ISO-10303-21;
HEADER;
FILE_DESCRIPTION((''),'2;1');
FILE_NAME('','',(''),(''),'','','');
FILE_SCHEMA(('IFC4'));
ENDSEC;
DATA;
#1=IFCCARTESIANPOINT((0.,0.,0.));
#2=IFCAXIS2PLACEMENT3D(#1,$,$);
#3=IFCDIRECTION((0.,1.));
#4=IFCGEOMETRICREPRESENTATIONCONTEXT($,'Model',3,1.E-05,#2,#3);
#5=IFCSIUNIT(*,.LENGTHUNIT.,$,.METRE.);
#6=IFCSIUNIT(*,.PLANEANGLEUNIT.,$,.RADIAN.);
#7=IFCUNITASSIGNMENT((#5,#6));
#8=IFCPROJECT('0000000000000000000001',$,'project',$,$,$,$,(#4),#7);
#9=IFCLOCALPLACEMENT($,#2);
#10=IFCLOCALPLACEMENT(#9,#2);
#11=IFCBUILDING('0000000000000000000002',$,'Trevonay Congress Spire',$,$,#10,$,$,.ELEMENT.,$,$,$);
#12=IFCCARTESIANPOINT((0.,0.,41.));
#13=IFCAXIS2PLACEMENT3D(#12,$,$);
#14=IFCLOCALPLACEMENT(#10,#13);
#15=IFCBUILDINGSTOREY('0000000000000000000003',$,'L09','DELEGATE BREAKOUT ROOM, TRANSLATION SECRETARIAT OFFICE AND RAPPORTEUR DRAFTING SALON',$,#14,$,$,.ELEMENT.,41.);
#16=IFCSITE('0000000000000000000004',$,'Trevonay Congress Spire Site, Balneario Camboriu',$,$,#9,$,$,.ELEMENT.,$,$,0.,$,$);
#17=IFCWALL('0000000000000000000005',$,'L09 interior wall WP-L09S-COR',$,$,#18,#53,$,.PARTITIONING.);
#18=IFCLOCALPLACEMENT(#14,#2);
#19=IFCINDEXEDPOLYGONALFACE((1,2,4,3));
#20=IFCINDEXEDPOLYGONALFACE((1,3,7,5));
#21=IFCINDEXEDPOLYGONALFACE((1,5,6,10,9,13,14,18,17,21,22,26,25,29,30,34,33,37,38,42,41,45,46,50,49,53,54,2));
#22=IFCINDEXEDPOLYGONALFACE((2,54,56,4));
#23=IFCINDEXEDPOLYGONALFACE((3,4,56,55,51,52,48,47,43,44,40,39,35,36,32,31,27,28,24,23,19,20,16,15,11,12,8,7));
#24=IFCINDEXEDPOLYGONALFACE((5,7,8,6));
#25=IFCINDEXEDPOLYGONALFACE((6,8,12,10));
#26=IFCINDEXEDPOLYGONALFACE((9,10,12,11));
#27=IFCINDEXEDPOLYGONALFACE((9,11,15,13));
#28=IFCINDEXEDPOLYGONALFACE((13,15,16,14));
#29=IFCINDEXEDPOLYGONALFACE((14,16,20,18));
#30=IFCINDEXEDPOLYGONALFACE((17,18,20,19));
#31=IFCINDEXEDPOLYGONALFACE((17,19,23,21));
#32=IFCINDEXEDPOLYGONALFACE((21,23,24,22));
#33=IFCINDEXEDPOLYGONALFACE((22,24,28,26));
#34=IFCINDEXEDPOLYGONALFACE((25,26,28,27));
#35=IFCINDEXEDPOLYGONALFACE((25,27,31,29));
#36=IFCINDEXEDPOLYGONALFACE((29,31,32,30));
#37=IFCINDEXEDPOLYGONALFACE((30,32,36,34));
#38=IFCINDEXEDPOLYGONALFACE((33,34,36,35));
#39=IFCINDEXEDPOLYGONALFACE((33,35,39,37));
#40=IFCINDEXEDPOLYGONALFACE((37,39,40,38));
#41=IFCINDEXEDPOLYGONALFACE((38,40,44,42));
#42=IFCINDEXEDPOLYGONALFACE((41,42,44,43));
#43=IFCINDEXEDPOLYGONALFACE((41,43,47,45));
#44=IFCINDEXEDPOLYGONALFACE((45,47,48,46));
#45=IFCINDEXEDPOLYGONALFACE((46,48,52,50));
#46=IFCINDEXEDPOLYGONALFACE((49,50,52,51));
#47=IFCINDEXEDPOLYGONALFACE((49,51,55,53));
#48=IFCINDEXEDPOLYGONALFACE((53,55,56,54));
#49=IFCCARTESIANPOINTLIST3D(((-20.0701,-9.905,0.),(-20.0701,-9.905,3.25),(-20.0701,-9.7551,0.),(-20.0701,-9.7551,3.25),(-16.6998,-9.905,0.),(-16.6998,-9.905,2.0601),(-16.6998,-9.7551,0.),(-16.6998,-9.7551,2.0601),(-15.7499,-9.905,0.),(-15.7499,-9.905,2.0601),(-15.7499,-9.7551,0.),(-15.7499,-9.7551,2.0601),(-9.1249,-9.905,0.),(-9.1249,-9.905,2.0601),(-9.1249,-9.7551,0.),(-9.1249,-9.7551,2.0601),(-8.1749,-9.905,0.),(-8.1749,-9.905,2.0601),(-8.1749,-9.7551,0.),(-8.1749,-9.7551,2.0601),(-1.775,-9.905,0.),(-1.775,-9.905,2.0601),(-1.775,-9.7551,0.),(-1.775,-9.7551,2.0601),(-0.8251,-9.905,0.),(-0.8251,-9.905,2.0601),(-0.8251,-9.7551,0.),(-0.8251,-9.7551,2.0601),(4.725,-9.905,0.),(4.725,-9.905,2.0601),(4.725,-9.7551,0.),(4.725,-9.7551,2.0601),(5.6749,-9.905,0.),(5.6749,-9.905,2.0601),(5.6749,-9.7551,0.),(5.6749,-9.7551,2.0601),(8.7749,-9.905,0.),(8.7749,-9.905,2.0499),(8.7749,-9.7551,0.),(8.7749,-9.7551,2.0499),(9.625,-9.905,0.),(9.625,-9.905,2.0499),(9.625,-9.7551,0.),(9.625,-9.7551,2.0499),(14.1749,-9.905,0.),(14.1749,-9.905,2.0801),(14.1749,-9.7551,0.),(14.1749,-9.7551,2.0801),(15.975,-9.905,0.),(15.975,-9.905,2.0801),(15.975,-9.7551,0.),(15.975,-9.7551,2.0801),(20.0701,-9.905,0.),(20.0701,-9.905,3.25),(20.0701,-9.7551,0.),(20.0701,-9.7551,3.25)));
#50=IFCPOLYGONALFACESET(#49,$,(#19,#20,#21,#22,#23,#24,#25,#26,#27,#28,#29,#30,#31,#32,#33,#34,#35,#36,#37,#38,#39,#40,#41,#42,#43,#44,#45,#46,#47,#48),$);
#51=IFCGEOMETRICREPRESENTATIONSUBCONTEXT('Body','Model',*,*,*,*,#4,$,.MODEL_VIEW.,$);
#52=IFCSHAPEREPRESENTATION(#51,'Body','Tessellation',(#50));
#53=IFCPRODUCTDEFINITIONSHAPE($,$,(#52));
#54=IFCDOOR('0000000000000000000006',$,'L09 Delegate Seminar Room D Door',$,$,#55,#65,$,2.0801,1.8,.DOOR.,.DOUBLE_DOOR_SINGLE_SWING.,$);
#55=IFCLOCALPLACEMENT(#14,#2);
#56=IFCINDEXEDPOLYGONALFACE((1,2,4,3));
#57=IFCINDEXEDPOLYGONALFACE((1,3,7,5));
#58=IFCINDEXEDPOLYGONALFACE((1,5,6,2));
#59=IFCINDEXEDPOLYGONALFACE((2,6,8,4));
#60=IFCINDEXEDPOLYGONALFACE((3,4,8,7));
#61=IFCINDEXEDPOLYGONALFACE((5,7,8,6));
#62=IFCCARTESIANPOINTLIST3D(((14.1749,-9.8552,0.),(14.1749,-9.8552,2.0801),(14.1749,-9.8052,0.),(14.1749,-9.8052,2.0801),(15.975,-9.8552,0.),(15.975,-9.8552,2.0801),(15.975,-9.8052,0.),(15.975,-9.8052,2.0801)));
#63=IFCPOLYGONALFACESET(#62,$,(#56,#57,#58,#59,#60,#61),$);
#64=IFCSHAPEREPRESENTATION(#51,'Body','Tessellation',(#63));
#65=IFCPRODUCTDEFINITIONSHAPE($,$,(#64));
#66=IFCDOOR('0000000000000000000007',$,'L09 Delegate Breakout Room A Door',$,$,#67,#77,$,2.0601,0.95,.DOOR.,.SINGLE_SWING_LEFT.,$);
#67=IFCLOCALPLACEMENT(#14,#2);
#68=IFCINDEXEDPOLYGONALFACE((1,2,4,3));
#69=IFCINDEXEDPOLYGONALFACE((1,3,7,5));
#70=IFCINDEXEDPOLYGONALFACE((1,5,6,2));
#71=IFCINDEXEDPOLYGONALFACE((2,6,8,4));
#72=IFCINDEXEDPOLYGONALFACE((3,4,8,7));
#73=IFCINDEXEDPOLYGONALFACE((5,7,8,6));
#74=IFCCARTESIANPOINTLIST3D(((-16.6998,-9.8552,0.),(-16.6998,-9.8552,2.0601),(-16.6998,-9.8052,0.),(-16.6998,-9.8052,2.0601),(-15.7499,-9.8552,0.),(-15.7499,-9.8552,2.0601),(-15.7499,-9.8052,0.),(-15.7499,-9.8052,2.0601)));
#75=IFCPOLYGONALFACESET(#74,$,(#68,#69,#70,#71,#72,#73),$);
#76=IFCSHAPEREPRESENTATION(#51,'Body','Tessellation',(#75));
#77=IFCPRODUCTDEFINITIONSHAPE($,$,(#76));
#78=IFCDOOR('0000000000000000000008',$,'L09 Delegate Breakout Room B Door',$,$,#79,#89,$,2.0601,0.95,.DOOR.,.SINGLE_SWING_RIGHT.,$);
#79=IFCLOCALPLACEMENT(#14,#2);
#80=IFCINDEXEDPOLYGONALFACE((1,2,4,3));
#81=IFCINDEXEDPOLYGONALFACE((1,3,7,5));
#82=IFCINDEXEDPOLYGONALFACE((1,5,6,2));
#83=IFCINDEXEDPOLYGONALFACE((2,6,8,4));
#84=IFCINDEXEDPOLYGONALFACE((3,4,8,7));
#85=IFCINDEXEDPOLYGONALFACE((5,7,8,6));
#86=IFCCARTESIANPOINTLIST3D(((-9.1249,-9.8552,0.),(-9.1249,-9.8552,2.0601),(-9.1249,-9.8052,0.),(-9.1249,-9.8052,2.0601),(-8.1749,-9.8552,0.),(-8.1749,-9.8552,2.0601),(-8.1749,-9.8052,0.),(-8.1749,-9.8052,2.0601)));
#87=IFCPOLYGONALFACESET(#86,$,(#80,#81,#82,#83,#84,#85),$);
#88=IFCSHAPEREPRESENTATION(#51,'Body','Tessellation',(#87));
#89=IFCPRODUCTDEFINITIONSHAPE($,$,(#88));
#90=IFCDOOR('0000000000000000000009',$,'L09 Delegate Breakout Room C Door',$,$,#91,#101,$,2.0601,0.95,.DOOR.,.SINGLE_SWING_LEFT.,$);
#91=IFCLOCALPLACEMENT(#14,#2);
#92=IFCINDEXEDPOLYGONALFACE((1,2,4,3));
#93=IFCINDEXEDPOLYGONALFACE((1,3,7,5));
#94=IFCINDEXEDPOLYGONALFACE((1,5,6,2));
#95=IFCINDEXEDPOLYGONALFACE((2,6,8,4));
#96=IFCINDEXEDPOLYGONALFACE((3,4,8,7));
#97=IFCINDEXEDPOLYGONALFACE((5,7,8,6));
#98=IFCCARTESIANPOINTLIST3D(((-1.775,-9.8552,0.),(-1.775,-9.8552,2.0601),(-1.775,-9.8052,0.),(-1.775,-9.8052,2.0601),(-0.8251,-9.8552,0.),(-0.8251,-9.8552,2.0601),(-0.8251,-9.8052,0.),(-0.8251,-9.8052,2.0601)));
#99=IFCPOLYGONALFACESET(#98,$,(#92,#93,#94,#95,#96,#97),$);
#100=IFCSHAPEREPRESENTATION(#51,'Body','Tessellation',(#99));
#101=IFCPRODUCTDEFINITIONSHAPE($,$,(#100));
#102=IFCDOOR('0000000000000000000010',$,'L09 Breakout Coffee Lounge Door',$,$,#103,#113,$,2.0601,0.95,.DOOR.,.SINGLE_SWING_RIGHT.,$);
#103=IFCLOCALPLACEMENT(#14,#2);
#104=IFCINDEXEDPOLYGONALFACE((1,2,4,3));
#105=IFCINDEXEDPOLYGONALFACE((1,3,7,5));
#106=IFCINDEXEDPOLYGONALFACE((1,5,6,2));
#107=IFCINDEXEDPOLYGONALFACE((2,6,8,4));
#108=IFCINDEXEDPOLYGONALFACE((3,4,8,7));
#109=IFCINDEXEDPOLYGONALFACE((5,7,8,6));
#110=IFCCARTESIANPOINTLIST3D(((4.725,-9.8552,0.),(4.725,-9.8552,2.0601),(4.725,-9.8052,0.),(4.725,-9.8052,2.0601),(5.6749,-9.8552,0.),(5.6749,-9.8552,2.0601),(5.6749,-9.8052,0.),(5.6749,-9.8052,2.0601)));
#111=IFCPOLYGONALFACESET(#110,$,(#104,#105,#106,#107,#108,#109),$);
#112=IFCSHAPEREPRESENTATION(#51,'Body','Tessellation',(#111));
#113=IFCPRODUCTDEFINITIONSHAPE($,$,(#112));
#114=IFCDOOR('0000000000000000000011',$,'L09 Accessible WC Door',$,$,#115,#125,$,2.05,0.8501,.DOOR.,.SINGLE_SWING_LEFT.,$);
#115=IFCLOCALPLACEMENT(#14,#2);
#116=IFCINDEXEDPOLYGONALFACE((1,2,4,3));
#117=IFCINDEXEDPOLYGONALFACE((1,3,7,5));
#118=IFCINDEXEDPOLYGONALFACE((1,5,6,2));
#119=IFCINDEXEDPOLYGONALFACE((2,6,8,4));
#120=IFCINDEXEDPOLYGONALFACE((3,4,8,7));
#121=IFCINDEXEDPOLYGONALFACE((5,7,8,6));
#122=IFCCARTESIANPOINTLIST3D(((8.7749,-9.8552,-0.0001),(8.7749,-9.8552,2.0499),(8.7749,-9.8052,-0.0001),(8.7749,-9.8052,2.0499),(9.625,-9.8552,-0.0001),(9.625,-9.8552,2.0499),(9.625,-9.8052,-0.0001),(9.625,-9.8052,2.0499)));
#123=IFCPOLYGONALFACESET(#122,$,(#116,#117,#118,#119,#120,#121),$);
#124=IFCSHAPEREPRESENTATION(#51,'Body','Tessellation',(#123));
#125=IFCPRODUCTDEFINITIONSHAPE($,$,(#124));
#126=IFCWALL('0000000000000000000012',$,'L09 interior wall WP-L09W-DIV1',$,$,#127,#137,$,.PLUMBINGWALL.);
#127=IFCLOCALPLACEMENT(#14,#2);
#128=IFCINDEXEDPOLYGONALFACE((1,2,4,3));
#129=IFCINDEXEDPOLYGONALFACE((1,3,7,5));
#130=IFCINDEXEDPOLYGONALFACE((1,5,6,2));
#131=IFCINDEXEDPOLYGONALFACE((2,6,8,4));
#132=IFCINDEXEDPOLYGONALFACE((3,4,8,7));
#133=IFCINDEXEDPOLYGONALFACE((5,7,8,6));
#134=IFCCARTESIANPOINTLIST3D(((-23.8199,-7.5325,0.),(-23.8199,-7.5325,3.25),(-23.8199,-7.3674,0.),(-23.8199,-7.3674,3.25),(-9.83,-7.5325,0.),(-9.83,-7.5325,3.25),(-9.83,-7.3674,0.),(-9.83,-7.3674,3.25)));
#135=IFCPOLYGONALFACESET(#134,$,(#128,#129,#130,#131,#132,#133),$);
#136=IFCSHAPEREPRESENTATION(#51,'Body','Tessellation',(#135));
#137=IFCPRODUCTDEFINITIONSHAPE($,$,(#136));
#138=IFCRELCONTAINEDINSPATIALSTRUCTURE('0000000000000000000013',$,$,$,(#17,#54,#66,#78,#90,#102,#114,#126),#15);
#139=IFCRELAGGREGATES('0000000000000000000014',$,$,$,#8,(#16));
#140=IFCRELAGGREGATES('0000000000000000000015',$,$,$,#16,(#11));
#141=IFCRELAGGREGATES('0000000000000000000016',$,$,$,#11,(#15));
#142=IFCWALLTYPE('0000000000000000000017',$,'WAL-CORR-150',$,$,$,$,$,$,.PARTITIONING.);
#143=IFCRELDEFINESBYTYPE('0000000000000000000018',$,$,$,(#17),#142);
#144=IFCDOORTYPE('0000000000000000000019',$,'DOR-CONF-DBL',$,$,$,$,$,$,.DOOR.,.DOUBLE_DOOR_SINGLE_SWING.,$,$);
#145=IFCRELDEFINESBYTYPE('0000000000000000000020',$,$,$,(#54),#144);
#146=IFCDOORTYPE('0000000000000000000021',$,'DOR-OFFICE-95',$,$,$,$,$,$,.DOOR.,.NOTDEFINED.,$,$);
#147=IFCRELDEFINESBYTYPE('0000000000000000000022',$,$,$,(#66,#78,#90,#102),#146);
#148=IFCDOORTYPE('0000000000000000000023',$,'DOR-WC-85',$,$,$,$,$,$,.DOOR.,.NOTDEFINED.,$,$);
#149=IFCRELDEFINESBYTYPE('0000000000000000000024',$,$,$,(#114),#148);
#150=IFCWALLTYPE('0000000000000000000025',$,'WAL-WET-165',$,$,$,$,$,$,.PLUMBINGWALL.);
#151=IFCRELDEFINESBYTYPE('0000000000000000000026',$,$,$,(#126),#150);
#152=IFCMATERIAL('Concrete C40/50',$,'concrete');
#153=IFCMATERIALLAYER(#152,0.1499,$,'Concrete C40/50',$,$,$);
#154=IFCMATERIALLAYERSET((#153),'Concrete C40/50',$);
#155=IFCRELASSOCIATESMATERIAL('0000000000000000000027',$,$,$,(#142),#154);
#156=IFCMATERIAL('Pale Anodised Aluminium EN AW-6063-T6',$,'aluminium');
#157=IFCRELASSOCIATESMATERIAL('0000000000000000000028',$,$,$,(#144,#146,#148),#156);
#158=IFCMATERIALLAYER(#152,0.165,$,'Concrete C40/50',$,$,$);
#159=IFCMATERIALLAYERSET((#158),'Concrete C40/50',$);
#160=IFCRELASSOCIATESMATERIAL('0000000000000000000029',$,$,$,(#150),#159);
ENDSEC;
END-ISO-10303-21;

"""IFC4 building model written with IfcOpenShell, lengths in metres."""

from ifc_helpers import new_model, si_unit, direction, frame, frame_2d, origin, place, context, subcontext, project, spatial, rectangle, extrude, material, layer, layer_set, type_object, element, fill, save


model = new_model("IFC4")

# Units and contexts
model_context = context("Model", 3, precision=1e-05, world=origin(), true_north=direction((0.0, 1.0)))
body_context = subcontext(model_context, "Body", "Model", "MODEL_VIEW")
ifc_project = project(units=[si_unit("LENGTHUNIT", "METRE"), si_unit("PLANEANGLEUNIT", "RADIAN")], contexts=[model_context])

# Site, building, storey
site_placement = place(None, origin())
site = spatial("IfcSite", under=ifc_project, at=site_placement, Name="Trevonay Congress Spire Site, Balneario Camboriu", CompositionType="ELEMENT", RefElevation=0.0)
building_placement = place(site_placement, origin())
building = spatial("IfcBuilding", under=site, at=building_placement, Name="Trevonay Congress Spire", CompositionType="ELEMENT")
storey_placement = place(building_placement, frame((0.0, 0.0, 41.0)))
storey = spatial("IfcBuildingStorey", under=building, at=storey_placement, Name="L09", Description="DELEGATE BREAKOUT ROOM, TRANSLATION SECRETARIAT OFFICE AND RAPPORTEUR DRAFTING SALON", CompositionType="ELEMENT", Elevation=41.0)

# Shared definitions
ifc_material_1 = material(Name="Pale Anodised Aluminium EN AW-6063-T6", Category="aluminium")

# Wall, openings, doors
ifc_material_2 = material(Name="Concrete C40/50", Category="concrete")
ifc_layer_1 = layer(ifc_material_2, 0.1499, Name="Concrete C40/50")
ifc_layer_set_1 = layer_set([ifc_layer_1], Name="Concrete C40/50")
wall_type_1 = type_object("IfcWallType", Name="WAL-CORR-150", PredefinedType="PARTITIONING", material=ifc_layer_set_1)
wall_1_placement = place(storey_placement, frame((-20.0701, -9.8301, 0.0), z_axis=(0.0, 0.0, 1.0), x_axis=(1.0, 0.0, 0.0)))
wall_1 = element("IfcWall", 1, at=wall_1_placement, inside=storey, type_object=wall_type_1, Name="L09 interior wall WP-L09S-COR", PredefinedType="PARTITIONING", context=body_context, shape_type="SweptSolid", body=[
    extrude(rectangle(XDim=40.1401, YDim=0.1499, at=frame_2d((20.0701, 0.0))), origin(), (0.0, 0.0, 1.0), 3.25),
])
opening_1_placement = place(wall_1_placement, frame((3.3701, 0.0, 0.0)))
opening_1 = element("IfcOpeningElement", 2, at=opening_1_placement, cuts=wall_1, PredefinedType="OPENING", context=body_context, shape_type="SweptSolid", body=[
    extrude(rectangle(XDim=0.95, YDim=2.0601, at=frame_2d((0.4751, 1.03))), frame((0.0, 0.085, 0.0), z_axis=(0.0, -1.0, 0.0), x_axis=(1.0, 0.0, 0.0)), (0.0, 0.0, 1.0), 0.1699),
])
opening_2_placement = place(wall_1_placement, frame((10.9451, 0.0, 0.0)))
opening_2 = element("IfcOpeningElement", 3, at=opening_2_placement, cuts=wall_1, PredefinedType="OPENING", context=body_context, shape_type="SweptSolid", body=[
    extrude(rectangle(XDim=0.95, YDim=2.0601, at=frame_2d((0.4751, 1.03))), frame((0.0, 0.085, 0.0), z_axis=(0.0, -1.0, 0.0), x_axis=(1.0, 0.0, 0.0)), (0.0, 0.0, 1.0), 0.1699),
])
opening_3_placement = place(wall_1_placement, frame((18.2949, 0.0, 0.0)))
opening_3 = element("IfcOpeningElement", 4, at=opening_3_placement, cuts=wall_1, PredefinedType="OPENING", context=body_context, shape_type="SweptSolid", body=[
    extrude(rectangle(XDim=0.95, YDim=2.0601, at=frame_2d((0.4751, 1.03))), frame((0.0, 0.085, 0.0), z_axis=(0.0, -1.0, 0.0), x_axis=(1.0, 0.0, 0.0)), (0.0, 0.0, 1.0), 0.1699),
])
opening_4_placement = place(wall_1_placement, frame((24.7949, 0.0, 0.0)))
opening_4 = element("IfcOpeningElement", 5, at=opening_4_placement, cuts=wall_1, PredefinedType="OPENING", context=body_context, shape_type="SweptSolid", body=[
    extrude(rectangle(XDim=0.95, YDim=2.0601, at=frame_2d((0.4751, 1.03))), frame((0.0, 0.085, 0.0), z_axis=(0.0, -1.0, 0.0), x_axis=(1.0, 0.0, 0.0)), (0.0, 0.0, 1.0), 0.1699),
])
opening_5_placement = place(wall_1_placement, frame((28.845, 0.0, 0.0)))
opening_5 = element("IfcOpeningElement", 6, at=opening_5_placement, cuts=wall_1, PredefinedType="OPENING", context=body_context, shape_type="SweptSolid", body=[
    extrude(rectangle(XDim=0.8501, YDim=2.05, at=frame_2d((0.425, 1.0249))), frame((0.0, 0.085, 0.0), z_axis=(0.0, -1.0, 0.0), x_axis=(1.0, 0.0, 0.0)), (0.0, 0.0, 1.0), 0.1699),
])
opening_6_placement = place(wall_1_placement, frame((34.2451, 0.0, 0.0)))
opening_6 = element("IfcOpeningElement", 7, at=opening_6_placement, cuts=wall_1, PredefinedType="OPENING", context=body_context, shape_type="SweptSolid", body=[
    extrude(rectangle(XDim=1.8, YDim=2.0801, at=frame_2d((0.8999, 1.04))), frame((0.0, 0.085, 0.0), z_axis=(0.0, -1.0, 0.0), x_axis=(1.0, 0.0, 0.0)), (0.0, 0.0, 1.0), 0.1699),
])
door_type_1 = type_object("IfcDoorType", Name="DOR-CONF-DBL", OperationType="DOUBLE_DOOR_SINGLE_SWING", PredefinedType="DOOR", material=ifc_material_1)
door_1_placement = place(opening_6_placement, origin())
door_1 = element("IfcDoor", 8, at=door_1_placement, inside=storey, type_object=door_type_1, Name="L09 Delegate Seminar Room D Door", OperationType="DOUBLE_DOOR_SINGLE_SWING", OverallHeight=2.0801, OverallWidth=1.8, PredefinedType="DOOR", context=body_context, shape_type="SweptSolid", body=[
    extrude(rectangle(XDim=1.8, YDim=2.0801, at=frame_2d((0.8999, 1.04))), frame((0.0, 0.0249, 0.0), z_axis=(0.0, -1.0, 0.0), x_axis=(1.0, 0.0, 0.0)), (0.0, 0.0, 1.0), 0.05),
])
fill(opening_6, door_1)
door_type_2 = type_object("IfcDoorType", Name="DOR-OFFICE-95", OperationType="NOTDEFINED", PredefinedType="DOOR", material=ifc_material_1)
door_2_placement = place(opening_1_placement, origin())
door_2 = element("IfcDoor", 9, at=door_2_placement, inside=storey, type_object=door_type_2, Name="L09 Delegate Breakout Room A Door", OperationType="SINGLE_SWING_LEFT", OverallHeight=2.0601, OverallWidth=0.95, PredefinedType="DOOR", context=body_context, shape_type="SweptSolid", body=[
    extrude(rectangle(XDim=0.95, YDim=2.0601, at=frame_2d((0.4751, 1.03))), frame((0.0, 0.0249, 0.0), z_axis=(0.0, -1.0, 0.0), x_axis=(1.0, 0.0, 0.0)), (0.0, 0.0, 1.0), 0.05),
])
fill(opening_1, door_2)
door_3_placement = place(opening_2_placement, origin())
door_3 = element("IfcDoor", 10, at=door_3_placement, inside=storey, type_object=door_type_2, Name="L09 Delegate Breakout Room B Door", OperationType="SINGLE_SWING_RIGHT", OverallHeight=2.0601, OverallWidth=0.95, PredefinedType="DOOR", context=body_context, shape_type="SweptSolid", body=[
    extrude(rectangle(XDim=0.95, YDim=2.0601, at=frame_2d((0.4751, 1.03))), frame((0.0, 0.0249, 0.0), z_axis=(0.0, -1.0, 0.0), x_axis=(1.0, 0.0, 0.0)), (0.0, 0.0, 1.0), 0.05),
])
fill(opening_2, door_3)
door_4_placement = place(opening_3_placement, origin())
door_4 = element("IfcDoor", 11, at=door_4_placement, inside=storey, type_object=door_type_2, Name="L09 Delegate Breakout Room C Door", OperationType="SINGLE_SWING_LEFT", OverallHeight=2.0601, OverallWidth=0.95, PredefinedType="DOOR", context=body_context, shape_type="SweptSolid", body=[
    extrude(rectangle(XDim=0.95, YDim=2.0601, at=frame_2d((0.4751, 1.03))), frame((0.0, 0.0249, 0.0), z_axis=(0.0, -1.0, 0.0), x_axis=(1.0, 0.0, 0.0)), (0.0, 0.0, 1.0), 0.05),
])
fill(opening_3, door_4)
door_5_placement = place(opening_4_placement, origin())
door_5 = element("IfcDoor", 12, at=door_5_placement, inside=storey, type_object=door_type_2, Name="L09 Breakout Coffee Lounge Door", OperationType="SINGLE_SWING_RIGHT", OverallHeight=2.0601, OverallWidth=0.95, PredefinedType="DOOR", context=body_context, shape_type="SweptSolid", body=[
    extrude(rectangle(XDim=0.95, YDim=2.0601, at=frame_2d((0.4751, 1.03))), frame((0.0, 0.0249, 0.0), z_axis=(0.0, -1.0, 0.0), x_axis=(1.0, 0.0, 0.0)), (0.0, 0.0, 1.0), 0.05),
])
fill(opening_4, door_5)
door_type_3 = type_object("IfcDoorType", Name="DOR-WC-85", OperationType="NOTDEFINED", PredefinedType="DOOR", material=ifc_material_1)
door_6_placement = place(opening_5_placement, origin())
door_6 = element("IfcDoor", 13, at=door_6_placement, inside=storey, type_object=door_type_3, Name="L09 Accessible WC Door", OperationType="SINGLE_SWING_LEFT", OverallHeight=2.05, OverallWidth=0.8501, PredefinedType="DOOR", context=body_context, shape_type="SweptSolid", body=[
    extrude(rectangle(XDim=0.8501, YDim=2.05, at=frame_2d((0.425, 1.0249))), frame((0.0, 0.0249, 0.0), z_axis=(0.0, -1.0, 0.0), x_axis=(1.0, 0.0, 0.0)), (0.0, 0.0, 1.0), 0.05),
])
fill(opening_5, door_6)

# Wall
ifc_layer_2 = layer(ifc_material_2, 0.165, Name="Concrete C40/50")
ifc_layer_set_2 = layer_set([ifc_layer_2], Name="Concrete C40/50")
wall_type_2 = type_object("IfcWallType", Name="WAL-WET-165", PredefinedType="PLUMBINGWALL", material=ifc_layer_set_2)
wall_2_placement = place(storey_placement, frame((-23.8201, -7.45, 0.0), z_axis=(0.0, 0.0, 1.0), x_axis=(1.0, 0.0, 0.0)))
element("IfcWall", 14, at=wall_2_placement, inside=storey, type_object=wall_type_2, Name="L09 interior wall WP-L09W-DIV1", PredefinedType="PLUMBINGWALL", context=body_context, shape_type="SweptSolid", body=[
    extrude(rectangle(XDim=13.99, YDim=0.165, at=frame_2d((6.9951, 0.0))), origin(), (0.0, 0.0, 1.0), 3.25),
])

save(model, "model.ifc")
